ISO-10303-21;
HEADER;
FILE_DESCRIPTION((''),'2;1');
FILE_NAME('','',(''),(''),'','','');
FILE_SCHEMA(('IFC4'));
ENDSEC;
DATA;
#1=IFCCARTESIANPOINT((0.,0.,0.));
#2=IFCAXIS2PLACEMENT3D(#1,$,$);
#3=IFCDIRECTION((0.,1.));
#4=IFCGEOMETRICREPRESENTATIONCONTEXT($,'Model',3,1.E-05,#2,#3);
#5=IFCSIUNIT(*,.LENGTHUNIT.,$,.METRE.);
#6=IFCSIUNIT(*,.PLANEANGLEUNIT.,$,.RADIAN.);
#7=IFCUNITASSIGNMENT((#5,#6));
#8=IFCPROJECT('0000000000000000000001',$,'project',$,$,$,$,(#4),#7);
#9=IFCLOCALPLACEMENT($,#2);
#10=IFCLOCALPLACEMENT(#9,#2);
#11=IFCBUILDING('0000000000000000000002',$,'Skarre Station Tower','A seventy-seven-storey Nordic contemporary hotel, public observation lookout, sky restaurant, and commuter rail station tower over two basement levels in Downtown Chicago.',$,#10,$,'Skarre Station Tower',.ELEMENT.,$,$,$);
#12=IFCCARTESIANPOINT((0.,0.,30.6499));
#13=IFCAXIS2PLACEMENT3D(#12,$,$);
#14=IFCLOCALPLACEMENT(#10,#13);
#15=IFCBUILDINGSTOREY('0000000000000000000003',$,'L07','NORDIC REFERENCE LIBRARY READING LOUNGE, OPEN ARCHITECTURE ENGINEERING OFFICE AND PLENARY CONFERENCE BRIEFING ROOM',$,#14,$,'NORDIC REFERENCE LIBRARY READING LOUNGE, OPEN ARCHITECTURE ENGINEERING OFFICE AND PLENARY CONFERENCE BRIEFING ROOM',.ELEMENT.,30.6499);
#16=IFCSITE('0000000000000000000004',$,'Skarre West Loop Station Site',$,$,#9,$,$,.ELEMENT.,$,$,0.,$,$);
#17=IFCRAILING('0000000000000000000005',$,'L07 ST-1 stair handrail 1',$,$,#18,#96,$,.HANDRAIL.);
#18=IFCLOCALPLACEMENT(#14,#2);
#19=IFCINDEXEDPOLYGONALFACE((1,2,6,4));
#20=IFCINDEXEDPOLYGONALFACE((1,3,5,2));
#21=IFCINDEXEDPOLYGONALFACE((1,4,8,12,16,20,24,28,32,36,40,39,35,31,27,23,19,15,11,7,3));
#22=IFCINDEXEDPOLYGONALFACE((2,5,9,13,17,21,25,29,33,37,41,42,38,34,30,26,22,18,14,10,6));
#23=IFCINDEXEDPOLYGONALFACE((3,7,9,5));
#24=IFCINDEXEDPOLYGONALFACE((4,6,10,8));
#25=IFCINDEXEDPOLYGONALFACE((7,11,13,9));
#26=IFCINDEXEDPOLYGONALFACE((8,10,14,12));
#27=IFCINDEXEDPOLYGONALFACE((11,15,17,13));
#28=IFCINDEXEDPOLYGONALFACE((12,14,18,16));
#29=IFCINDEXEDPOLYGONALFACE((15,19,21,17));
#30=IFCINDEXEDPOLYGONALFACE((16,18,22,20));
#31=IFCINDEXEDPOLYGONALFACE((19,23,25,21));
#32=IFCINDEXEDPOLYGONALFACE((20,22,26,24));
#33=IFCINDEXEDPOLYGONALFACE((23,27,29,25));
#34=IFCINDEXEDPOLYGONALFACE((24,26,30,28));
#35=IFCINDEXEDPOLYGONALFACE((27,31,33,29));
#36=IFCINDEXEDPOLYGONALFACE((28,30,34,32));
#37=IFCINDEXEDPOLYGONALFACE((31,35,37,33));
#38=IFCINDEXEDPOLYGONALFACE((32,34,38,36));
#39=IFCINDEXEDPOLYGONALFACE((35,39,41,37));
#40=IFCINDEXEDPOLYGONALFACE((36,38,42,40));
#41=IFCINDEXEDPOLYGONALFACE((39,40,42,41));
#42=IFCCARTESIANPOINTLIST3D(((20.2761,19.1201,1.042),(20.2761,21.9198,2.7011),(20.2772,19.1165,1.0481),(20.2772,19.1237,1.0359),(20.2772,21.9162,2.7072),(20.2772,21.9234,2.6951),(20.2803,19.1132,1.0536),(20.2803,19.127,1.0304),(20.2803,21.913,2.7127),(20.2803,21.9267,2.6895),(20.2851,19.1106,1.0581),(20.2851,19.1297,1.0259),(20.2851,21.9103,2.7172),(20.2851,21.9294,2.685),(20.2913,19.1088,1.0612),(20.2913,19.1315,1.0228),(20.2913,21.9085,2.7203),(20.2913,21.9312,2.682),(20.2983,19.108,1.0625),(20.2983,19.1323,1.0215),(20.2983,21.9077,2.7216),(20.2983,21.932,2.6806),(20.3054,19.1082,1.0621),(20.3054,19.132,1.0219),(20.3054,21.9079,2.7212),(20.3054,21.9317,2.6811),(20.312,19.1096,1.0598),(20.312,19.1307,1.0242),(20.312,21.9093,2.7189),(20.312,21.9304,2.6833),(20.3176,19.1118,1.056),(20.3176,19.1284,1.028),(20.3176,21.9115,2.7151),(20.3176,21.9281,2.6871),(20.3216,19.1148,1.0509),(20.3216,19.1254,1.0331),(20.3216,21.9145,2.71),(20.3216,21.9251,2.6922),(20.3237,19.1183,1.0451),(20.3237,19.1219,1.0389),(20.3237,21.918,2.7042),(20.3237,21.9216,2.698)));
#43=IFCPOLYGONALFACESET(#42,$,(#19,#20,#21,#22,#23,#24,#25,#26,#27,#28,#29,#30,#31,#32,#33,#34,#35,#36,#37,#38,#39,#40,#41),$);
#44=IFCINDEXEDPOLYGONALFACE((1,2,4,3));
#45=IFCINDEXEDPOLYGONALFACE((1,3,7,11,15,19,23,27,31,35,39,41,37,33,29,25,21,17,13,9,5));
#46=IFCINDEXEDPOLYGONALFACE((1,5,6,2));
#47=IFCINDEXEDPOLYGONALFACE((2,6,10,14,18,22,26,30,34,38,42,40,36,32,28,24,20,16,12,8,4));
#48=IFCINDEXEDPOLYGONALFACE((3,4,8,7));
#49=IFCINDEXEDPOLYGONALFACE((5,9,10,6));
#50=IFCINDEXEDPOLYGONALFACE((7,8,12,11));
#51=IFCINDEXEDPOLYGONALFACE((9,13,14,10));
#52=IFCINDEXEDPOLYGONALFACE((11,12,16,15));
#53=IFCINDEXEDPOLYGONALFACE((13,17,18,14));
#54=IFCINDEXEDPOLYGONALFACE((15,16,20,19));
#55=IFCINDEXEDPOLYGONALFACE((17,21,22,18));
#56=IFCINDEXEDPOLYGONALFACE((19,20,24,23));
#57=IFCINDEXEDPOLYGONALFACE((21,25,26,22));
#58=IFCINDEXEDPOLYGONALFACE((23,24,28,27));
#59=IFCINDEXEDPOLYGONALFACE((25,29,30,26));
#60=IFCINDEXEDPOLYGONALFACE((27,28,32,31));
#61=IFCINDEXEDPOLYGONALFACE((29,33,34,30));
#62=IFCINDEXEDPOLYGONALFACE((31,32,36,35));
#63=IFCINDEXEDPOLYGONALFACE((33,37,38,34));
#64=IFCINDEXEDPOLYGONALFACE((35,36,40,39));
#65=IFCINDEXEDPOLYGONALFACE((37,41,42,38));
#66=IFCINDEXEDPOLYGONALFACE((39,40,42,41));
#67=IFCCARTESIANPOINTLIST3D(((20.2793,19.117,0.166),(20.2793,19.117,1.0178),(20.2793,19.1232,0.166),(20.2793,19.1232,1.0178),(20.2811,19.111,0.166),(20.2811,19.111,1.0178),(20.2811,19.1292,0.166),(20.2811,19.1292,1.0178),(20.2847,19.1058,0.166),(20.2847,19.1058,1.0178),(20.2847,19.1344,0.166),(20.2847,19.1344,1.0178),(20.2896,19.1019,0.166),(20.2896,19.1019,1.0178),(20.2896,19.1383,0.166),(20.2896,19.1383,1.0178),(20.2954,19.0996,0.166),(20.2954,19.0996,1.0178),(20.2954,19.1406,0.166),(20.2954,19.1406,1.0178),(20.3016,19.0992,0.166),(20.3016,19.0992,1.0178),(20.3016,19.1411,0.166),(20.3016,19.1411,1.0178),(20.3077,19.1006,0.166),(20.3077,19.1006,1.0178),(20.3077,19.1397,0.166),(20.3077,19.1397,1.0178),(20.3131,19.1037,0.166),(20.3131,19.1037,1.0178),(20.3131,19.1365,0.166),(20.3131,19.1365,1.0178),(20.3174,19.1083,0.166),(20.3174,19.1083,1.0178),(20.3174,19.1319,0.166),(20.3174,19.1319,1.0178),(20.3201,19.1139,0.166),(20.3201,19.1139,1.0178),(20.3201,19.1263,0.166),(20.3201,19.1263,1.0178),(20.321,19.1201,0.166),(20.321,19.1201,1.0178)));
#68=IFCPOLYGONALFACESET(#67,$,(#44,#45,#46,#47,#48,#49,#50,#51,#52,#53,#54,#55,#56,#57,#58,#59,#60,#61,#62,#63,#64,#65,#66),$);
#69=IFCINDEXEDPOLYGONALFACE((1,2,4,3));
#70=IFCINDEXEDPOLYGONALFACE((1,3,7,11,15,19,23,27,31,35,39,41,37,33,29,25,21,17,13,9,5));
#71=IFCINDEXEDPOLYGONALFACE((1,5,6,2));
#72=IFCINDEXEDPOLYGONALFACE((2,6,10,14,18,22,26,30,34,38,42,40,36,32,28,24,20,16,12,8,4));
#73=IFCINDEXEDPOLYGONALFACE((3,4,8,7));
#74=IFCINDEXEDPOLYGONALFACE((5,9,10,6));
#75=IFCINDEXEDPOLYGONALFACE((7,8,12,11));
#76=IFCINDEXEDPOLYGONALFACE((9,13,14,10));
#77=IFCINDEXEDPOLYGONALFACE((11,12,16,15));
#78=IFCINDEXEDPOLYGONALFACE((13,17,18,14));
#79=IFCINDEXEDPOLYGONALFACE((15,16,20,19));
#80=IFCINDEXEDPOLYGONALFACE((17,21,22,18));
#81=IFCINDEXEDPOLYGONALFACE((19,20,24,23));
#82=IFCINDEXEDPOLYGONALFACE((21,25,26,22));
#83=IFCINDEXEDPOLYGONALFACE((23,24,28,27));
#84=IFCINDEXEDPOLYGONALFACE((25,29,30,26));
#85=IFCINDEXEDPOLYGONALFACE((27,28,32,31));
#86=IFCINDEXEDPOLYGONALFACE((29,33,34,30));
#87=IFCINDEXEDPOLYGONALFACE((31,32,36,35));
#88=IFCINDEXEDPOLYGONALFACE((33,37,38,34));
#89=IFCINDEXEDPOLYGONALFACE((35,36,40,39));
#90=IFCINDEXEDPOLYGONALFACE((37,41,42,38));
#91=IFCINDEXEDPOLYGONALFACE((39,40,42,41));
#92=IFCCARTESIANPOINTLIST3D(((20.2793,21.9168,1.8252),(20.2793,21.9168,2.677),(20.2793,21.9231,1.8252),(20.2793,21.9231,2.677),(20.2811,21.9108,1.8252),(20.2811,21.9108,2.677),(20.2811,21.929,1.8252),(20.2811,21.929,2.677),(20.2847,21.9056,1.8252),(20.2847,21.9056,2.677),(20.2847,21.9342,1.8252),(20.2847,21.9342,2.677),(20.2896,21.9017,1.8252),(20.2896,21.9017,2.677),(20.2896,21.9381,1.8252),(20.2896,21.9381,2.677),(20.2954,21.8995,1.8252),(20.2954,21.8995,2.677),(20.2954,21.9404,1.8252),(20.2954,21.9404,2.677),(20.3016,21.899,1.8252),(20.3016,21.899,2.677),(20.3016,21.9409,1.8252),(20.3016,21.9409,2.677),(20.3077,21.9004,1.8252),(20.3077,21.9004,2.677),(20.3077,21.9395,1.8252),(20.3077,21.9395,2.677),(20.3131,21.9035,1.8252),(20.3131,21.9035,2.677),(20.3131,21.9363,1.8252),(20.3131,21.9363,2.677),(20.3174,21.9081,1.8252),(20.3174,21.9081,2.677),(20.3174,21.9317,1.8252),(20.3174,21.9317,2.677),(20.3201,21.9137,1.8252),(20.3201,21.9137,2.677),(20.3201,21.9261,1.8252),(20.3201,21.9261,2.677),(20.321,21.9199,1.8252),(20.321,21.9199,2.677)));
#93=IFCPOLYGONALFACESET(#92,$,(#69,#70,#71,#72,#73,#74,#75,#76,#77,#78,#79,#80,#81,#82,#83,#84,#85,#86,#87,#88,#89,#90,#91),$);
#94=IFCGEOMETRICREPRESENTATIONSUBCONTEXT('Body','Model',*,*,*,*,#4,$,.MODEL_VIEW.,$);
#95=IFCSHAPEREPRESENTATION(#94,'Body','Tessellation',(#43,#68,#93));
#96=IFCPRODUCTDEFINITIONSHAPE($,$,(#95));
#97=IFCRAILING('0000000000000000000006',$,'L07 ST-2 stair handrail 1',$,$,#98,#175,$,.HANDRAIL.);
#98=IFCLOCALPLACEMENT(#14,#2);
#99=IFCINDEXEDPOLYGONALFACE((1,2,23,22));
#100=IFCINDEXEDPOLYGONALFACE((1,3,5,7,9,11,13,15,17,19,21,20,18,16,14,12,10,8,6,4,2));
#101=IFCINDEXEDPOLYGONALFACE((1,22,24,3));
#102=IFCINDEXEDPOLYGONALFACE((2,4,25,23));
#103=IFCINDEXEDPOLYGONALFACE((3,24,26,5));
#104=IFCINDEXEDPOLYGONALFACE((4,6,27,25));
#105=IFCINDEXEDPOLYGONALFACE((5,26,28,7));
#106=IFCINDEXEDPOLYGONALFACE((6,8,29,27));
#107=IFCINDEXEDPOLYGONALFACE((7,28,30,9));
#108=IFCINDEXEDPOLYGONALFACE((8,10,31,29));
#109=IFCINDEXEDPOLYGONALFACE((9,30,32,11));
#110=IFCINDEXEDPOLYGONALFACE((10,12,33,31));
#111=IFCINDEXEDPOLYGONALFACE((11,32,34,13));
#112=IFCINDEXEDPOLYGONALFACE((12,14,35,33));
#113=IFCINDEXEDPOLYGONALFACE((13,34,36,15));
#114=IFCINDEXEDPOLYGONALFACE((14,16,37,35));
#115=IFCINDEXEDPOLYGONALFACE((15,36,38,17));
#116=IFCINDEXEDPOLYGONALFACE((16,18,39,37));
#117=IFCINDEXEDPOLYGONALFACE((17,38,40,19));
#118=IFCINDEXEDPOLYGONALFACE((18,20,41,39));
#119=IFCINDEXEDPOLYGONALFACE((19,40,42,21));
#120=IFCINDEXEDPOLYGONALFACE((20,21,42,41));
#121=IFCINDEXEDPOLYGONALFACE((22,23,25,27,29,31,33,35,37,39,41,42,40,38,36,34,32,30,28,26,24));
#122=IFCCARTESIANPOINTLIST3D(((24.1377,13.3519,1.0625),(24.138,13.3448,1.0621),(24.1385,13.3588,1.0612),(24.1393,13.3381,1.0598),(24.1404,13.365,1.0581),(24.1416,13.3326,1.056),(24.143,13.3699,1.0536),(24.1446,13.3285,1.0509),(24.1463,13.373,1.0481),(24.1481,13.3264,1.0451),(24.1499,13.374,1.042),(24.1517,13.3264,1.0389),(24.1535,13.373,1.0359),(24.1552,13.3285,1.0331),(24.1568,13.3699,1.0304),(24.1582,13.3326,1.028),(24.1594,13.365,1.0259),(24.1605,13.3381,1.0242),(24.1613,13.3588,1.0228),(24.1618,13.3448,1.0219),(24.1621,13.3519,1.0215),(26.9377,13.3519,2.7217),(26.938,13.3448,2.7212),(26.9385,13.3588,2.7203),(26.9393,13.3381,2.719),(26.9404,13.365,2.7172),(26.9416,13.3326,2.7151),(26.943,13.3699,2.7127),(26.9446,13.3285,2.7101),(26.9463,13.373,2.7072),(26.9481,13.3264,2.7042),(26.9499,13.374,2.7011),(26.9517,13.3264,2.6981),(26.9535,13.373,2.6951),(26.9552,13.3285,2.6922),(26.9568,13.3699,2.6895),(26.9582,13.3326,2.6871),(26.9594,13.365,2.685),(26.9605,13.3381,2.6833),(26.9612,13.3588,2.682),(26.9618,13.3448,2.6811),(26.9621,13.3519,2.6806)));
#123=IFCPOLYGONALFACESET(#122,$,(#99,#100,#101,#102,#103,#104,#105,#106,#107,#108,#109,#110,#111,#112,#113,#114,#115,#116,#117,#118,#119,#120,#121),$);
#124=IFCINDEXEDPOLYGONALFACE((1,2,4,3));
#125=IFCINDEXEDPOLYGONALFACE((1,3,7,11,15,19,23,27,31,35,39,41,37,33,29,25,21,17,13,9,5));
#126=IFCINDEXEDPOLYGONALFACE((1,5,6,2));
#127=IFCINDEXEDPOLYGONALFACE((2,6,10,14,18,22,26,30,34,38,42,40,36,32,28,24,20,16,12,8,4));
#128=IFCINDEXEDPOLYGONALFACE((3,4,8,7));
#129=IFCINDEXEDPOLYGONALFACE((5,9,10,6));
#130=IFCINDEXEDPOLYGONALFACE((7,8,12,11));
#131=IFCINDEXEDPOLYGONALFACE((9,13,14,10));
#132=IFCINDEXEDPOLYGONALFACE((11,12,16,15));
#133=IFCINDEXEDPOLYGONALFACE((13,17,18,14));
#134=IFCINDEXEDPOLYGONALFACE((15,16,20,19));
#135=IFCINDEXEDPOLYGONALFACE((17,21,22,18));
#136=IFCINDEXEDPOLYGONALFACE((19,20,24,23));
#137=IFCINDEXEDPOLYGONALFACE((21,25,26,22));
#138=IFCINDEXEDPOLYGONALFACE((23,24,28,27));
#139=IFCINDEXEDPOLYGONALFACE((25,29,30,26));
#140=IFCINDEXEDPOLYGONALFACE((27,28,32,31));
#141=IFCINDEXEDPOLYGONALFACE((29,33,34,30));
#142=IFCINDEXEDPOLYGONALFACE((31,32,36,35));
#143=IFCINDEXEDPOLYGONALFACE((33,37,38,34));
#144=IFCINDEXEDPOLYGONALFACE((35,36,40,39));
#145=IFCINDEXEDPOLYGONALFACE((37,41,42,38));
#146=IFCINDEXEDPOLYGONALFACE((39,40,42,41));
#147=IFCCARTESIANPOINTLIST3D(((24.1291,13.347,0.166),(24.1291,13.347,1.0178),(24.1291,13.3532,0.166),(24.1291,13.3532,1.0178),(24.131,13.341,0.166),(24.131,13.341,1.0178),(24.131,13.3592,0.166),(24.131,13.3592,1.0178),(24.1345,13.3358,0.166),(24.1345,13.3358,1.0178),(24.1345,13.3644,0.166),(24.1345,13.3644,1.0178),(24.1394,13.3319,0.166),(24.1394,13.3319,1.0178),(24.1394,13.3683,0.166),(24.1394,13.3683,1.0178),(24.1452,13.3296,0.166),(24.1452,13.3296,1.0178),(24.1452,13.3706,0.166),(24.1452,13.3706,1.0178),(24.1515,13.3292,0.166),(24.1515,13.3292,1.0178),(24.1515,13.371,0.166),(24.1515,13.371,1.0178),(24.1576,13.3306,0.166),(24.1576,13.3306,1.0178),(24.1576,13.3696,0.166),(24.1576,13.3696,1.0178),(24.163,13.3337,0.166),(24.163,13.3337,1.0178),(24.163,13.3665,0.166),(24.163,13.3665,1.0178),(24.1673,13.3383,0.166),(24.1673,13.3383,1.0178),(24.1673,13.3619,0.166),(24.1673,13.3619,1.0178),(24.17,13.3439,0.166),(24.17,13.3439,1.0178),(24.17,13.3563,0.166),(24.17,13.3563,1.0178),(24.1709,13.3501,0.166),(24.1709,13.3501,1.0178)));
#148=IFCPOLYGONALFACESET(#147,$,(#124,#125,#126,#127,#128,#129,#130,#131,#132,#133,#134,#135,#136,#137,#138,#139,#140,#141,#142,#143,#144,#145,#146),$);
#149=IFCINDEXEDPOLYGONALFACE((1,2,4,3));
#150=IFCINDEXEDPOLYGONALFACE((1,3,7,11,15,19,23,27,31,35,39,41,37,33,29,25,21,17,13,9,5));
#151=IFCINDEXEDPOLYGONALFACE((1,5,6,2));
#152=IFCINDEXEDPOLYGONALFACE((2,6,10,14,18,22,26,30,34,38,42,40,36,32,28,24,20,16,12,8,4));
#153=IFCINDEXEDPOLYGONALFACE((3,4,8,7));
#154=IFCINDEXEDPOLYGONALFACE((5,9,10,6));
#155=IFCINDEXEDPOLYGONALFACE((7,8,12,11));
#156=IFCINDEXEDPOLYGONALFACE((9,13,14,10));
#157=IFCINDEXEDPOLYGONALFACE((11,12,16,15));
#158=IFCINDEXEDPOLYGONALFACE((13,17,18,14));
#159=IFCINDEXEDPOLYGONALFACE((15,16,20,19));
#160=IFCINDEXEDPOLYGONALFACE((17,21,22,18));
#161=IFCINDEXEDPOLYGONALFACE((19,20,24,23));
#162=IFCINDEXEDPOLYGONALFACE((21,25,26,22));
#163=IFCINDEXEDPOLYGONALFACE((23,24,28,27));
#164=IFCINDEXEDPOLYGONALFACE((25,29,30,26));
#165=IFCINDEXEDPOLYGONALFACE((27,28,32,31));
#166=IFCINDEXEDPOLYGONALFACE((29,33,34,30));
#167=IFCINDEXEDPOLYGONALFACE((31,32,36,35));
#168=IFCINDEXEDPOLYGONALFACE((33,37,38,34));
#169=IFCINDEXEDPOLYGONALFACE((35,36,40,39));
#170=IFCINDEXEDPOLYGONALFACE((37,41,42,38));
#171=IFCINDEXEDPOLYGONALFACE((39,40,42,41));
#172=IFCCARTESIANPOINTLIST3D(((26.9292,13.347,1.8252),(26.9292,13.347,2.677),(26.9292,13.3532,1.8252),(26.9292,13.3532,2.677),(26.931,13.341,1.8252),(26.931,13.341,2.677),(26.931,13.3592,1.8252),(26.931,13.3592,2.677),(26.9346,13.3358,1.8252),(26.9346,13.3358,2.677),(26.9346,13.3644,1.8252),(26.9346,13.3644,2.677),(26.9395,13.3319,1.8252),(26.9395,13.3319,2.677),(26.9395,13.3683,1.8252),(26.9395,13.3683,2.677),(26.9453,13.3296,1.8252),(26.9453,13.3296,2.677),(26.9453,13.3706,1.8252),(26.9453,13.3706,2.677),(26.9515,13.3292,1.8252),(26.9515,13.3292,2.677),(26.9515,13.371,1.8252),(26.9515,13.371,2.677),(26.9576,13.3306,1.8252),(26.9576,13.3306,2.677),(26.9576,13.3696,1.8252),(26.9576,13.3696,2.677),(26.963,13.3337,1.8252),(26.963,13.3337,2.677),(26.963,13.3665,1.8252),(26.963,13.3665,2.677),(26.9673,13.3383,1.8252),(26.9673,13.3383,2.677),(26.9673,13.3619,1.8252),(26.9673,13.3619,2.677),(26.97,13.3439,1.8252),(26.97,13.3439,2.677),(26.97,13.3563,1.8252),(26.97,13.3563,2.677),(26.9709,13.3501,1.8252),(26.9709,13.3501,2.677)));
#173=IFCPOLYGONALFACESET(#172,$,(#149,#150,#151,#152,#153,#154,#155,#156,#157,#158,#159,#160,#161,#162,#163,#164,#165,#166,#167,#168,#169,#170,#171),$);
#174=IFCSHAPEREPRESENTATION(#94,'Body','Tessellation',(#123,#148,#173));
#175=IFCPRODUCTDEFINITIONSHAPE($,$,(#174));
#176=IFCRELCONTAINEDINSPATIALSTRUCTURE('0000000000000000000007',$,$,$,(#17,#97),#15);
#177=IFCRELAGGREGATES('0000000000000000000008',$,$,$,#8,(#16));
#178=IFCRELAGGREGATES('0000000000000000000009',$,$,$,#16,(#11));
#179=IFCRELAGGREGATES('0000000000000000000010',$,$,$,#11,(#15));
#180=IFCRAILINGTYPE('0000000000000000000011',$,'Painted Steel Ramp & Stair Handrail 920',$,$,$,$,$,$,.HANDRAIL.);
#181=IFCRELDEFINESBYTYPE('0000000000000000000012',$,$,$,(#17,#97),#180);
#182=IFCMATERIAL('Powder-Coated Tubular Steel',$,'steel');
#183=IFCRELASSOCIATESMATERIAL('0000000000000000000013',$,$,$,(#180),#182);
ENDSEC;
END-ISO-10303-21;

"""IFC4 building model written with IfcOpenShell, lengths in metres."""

from ifc_helpers import new_model, si_unit, direction, frame, origin, origin_2d, place, context, subcontext, project, spatial, circle, extrude, material, type_object, element, save


model = new_model("IFC4")

# Units and contexts
model_context = context("Model", 3, precision=1e-05, world=origin(), true_north=direction((0.0, 1.0)))
body_context = subcontext(model_context, "Body", "Model", "MODEL_VIEW")
ifc_project = project(units=[si_unit("LENGTHUNIT", "METRE"), si_unit("PLANEANGLEUNIT", "RADIAN")], contexts=[model_context])

# Site, building, storey
site_placement = place(None, origin())
site = spatial("IfcSite", under=ifc_project, at=site_placement, Name="Skarre West Loop Station Site", CompositionType="ELEMENT", RefElevation=0.0)
building_placement = place(site_placement, origin())
building = spatial("IfcBuilding", under=site, at=building_placement, Name="Skarre Station Tower", Description="A seventy-seven-storey Nordic contemporary hotel, public observation lookout, sky restaurant, and commuter rail station tower over two basement levels in Downtown Chicago.", LongName="Skarre Station Tower", CompositionType="ELEMENT")
storey_placement = place(building_placement, frame((0.0, 0.0, 30.6499)))
storey = spatial("IfcBuildingStorey", under=building, at=storey_placement, Name="L07", Description="NORDIC REFERENCE LIBRARY READING LOUNGE, OPEN ARCHITECTURE ENGINEERING OFFICE AND PLENARY CONFERENCE BRIEFING ROOM", LongName="NORDIC REFERENCE LIBRARY READING LOUNGE, OPEN ARCHITECTURE ENGINEERING OFFICE AND PLENARY CONFERENCE BRIEFING ROOM", CompositionType="ELEMENT", Elevation=30.6499)

# Railings
ifc_material_1 = material(Name="Powder-Coated Tubular Steel", Category="steel")
railing_type_1 = type_object("IfcRailingType", Name="Painted Steel Ramp & Stair Handrail 920", PredefinedType="HANDRAIL", material=ifc_material_1)
railing_1_placement = place(storey_placement, frame((20.3, 19.1201, 0.166)))
element("IfcRailing", 1, at=railing_1_placement, inside=storey, type_object=railing_type_1, Name="L07 ST-1 stair handrail 1", PredefinedType="HANDRAIL", context=body_context, shape_type="SweptSolid", body=[
    extrude(circle(Radius=0.0239, at=origin_2d()), frame((0.0, 0.0, 0.876), z_axis=(0.0, 0.860287, 0.509811), x_axis=(-1.0, 0.0, 0.0)), (0.0, 0.0, 1.0), 3.2544),
    extrude(circle(Radius=0.021, at=origin_2d()), origin(), (0.0, 0.0, 1.0), 0.8518),
    extrude(circle(Radius=0.021, at=origin_2d()), frame((0.0, 2.7998, 1.6592)), (0.0, 0.0, 1.0), 0.8518),
])
railing_2_placement = place(storey_placement, frame((24.1499, 13.3501, 0.166)))
element("IfcRailing", 2, at=railing_2_placement, inside=storey, type_object=railing_type_1, Name="L07 ST-2 stair handrail 1", PredefinedType="HANDRAIL", context=body_context, shape_type="SweptSolid", body=[
    extrude(circle(Radius=0.0239, at=origin_2d()), frame((0.0, 0.0, 0.876), z_axis=(0.860306, 0.0, 0.509778), x_axis=(0.0, 1.0, 0.0)), (0.0, 0.0, 1.0), 3.2546),
    extrude(circle(Radius=0.021, at=origin_2d()), origin(), (0.0, 0.0, 1.0), 0.8518),
    extrude(circle(Radius=0.021, at=origin_2d()), frame((2.8, 0.0, 1.6592)), (0.0, 0.0, 1.0), 0.8518),
])

save(model, "model.ifc")
